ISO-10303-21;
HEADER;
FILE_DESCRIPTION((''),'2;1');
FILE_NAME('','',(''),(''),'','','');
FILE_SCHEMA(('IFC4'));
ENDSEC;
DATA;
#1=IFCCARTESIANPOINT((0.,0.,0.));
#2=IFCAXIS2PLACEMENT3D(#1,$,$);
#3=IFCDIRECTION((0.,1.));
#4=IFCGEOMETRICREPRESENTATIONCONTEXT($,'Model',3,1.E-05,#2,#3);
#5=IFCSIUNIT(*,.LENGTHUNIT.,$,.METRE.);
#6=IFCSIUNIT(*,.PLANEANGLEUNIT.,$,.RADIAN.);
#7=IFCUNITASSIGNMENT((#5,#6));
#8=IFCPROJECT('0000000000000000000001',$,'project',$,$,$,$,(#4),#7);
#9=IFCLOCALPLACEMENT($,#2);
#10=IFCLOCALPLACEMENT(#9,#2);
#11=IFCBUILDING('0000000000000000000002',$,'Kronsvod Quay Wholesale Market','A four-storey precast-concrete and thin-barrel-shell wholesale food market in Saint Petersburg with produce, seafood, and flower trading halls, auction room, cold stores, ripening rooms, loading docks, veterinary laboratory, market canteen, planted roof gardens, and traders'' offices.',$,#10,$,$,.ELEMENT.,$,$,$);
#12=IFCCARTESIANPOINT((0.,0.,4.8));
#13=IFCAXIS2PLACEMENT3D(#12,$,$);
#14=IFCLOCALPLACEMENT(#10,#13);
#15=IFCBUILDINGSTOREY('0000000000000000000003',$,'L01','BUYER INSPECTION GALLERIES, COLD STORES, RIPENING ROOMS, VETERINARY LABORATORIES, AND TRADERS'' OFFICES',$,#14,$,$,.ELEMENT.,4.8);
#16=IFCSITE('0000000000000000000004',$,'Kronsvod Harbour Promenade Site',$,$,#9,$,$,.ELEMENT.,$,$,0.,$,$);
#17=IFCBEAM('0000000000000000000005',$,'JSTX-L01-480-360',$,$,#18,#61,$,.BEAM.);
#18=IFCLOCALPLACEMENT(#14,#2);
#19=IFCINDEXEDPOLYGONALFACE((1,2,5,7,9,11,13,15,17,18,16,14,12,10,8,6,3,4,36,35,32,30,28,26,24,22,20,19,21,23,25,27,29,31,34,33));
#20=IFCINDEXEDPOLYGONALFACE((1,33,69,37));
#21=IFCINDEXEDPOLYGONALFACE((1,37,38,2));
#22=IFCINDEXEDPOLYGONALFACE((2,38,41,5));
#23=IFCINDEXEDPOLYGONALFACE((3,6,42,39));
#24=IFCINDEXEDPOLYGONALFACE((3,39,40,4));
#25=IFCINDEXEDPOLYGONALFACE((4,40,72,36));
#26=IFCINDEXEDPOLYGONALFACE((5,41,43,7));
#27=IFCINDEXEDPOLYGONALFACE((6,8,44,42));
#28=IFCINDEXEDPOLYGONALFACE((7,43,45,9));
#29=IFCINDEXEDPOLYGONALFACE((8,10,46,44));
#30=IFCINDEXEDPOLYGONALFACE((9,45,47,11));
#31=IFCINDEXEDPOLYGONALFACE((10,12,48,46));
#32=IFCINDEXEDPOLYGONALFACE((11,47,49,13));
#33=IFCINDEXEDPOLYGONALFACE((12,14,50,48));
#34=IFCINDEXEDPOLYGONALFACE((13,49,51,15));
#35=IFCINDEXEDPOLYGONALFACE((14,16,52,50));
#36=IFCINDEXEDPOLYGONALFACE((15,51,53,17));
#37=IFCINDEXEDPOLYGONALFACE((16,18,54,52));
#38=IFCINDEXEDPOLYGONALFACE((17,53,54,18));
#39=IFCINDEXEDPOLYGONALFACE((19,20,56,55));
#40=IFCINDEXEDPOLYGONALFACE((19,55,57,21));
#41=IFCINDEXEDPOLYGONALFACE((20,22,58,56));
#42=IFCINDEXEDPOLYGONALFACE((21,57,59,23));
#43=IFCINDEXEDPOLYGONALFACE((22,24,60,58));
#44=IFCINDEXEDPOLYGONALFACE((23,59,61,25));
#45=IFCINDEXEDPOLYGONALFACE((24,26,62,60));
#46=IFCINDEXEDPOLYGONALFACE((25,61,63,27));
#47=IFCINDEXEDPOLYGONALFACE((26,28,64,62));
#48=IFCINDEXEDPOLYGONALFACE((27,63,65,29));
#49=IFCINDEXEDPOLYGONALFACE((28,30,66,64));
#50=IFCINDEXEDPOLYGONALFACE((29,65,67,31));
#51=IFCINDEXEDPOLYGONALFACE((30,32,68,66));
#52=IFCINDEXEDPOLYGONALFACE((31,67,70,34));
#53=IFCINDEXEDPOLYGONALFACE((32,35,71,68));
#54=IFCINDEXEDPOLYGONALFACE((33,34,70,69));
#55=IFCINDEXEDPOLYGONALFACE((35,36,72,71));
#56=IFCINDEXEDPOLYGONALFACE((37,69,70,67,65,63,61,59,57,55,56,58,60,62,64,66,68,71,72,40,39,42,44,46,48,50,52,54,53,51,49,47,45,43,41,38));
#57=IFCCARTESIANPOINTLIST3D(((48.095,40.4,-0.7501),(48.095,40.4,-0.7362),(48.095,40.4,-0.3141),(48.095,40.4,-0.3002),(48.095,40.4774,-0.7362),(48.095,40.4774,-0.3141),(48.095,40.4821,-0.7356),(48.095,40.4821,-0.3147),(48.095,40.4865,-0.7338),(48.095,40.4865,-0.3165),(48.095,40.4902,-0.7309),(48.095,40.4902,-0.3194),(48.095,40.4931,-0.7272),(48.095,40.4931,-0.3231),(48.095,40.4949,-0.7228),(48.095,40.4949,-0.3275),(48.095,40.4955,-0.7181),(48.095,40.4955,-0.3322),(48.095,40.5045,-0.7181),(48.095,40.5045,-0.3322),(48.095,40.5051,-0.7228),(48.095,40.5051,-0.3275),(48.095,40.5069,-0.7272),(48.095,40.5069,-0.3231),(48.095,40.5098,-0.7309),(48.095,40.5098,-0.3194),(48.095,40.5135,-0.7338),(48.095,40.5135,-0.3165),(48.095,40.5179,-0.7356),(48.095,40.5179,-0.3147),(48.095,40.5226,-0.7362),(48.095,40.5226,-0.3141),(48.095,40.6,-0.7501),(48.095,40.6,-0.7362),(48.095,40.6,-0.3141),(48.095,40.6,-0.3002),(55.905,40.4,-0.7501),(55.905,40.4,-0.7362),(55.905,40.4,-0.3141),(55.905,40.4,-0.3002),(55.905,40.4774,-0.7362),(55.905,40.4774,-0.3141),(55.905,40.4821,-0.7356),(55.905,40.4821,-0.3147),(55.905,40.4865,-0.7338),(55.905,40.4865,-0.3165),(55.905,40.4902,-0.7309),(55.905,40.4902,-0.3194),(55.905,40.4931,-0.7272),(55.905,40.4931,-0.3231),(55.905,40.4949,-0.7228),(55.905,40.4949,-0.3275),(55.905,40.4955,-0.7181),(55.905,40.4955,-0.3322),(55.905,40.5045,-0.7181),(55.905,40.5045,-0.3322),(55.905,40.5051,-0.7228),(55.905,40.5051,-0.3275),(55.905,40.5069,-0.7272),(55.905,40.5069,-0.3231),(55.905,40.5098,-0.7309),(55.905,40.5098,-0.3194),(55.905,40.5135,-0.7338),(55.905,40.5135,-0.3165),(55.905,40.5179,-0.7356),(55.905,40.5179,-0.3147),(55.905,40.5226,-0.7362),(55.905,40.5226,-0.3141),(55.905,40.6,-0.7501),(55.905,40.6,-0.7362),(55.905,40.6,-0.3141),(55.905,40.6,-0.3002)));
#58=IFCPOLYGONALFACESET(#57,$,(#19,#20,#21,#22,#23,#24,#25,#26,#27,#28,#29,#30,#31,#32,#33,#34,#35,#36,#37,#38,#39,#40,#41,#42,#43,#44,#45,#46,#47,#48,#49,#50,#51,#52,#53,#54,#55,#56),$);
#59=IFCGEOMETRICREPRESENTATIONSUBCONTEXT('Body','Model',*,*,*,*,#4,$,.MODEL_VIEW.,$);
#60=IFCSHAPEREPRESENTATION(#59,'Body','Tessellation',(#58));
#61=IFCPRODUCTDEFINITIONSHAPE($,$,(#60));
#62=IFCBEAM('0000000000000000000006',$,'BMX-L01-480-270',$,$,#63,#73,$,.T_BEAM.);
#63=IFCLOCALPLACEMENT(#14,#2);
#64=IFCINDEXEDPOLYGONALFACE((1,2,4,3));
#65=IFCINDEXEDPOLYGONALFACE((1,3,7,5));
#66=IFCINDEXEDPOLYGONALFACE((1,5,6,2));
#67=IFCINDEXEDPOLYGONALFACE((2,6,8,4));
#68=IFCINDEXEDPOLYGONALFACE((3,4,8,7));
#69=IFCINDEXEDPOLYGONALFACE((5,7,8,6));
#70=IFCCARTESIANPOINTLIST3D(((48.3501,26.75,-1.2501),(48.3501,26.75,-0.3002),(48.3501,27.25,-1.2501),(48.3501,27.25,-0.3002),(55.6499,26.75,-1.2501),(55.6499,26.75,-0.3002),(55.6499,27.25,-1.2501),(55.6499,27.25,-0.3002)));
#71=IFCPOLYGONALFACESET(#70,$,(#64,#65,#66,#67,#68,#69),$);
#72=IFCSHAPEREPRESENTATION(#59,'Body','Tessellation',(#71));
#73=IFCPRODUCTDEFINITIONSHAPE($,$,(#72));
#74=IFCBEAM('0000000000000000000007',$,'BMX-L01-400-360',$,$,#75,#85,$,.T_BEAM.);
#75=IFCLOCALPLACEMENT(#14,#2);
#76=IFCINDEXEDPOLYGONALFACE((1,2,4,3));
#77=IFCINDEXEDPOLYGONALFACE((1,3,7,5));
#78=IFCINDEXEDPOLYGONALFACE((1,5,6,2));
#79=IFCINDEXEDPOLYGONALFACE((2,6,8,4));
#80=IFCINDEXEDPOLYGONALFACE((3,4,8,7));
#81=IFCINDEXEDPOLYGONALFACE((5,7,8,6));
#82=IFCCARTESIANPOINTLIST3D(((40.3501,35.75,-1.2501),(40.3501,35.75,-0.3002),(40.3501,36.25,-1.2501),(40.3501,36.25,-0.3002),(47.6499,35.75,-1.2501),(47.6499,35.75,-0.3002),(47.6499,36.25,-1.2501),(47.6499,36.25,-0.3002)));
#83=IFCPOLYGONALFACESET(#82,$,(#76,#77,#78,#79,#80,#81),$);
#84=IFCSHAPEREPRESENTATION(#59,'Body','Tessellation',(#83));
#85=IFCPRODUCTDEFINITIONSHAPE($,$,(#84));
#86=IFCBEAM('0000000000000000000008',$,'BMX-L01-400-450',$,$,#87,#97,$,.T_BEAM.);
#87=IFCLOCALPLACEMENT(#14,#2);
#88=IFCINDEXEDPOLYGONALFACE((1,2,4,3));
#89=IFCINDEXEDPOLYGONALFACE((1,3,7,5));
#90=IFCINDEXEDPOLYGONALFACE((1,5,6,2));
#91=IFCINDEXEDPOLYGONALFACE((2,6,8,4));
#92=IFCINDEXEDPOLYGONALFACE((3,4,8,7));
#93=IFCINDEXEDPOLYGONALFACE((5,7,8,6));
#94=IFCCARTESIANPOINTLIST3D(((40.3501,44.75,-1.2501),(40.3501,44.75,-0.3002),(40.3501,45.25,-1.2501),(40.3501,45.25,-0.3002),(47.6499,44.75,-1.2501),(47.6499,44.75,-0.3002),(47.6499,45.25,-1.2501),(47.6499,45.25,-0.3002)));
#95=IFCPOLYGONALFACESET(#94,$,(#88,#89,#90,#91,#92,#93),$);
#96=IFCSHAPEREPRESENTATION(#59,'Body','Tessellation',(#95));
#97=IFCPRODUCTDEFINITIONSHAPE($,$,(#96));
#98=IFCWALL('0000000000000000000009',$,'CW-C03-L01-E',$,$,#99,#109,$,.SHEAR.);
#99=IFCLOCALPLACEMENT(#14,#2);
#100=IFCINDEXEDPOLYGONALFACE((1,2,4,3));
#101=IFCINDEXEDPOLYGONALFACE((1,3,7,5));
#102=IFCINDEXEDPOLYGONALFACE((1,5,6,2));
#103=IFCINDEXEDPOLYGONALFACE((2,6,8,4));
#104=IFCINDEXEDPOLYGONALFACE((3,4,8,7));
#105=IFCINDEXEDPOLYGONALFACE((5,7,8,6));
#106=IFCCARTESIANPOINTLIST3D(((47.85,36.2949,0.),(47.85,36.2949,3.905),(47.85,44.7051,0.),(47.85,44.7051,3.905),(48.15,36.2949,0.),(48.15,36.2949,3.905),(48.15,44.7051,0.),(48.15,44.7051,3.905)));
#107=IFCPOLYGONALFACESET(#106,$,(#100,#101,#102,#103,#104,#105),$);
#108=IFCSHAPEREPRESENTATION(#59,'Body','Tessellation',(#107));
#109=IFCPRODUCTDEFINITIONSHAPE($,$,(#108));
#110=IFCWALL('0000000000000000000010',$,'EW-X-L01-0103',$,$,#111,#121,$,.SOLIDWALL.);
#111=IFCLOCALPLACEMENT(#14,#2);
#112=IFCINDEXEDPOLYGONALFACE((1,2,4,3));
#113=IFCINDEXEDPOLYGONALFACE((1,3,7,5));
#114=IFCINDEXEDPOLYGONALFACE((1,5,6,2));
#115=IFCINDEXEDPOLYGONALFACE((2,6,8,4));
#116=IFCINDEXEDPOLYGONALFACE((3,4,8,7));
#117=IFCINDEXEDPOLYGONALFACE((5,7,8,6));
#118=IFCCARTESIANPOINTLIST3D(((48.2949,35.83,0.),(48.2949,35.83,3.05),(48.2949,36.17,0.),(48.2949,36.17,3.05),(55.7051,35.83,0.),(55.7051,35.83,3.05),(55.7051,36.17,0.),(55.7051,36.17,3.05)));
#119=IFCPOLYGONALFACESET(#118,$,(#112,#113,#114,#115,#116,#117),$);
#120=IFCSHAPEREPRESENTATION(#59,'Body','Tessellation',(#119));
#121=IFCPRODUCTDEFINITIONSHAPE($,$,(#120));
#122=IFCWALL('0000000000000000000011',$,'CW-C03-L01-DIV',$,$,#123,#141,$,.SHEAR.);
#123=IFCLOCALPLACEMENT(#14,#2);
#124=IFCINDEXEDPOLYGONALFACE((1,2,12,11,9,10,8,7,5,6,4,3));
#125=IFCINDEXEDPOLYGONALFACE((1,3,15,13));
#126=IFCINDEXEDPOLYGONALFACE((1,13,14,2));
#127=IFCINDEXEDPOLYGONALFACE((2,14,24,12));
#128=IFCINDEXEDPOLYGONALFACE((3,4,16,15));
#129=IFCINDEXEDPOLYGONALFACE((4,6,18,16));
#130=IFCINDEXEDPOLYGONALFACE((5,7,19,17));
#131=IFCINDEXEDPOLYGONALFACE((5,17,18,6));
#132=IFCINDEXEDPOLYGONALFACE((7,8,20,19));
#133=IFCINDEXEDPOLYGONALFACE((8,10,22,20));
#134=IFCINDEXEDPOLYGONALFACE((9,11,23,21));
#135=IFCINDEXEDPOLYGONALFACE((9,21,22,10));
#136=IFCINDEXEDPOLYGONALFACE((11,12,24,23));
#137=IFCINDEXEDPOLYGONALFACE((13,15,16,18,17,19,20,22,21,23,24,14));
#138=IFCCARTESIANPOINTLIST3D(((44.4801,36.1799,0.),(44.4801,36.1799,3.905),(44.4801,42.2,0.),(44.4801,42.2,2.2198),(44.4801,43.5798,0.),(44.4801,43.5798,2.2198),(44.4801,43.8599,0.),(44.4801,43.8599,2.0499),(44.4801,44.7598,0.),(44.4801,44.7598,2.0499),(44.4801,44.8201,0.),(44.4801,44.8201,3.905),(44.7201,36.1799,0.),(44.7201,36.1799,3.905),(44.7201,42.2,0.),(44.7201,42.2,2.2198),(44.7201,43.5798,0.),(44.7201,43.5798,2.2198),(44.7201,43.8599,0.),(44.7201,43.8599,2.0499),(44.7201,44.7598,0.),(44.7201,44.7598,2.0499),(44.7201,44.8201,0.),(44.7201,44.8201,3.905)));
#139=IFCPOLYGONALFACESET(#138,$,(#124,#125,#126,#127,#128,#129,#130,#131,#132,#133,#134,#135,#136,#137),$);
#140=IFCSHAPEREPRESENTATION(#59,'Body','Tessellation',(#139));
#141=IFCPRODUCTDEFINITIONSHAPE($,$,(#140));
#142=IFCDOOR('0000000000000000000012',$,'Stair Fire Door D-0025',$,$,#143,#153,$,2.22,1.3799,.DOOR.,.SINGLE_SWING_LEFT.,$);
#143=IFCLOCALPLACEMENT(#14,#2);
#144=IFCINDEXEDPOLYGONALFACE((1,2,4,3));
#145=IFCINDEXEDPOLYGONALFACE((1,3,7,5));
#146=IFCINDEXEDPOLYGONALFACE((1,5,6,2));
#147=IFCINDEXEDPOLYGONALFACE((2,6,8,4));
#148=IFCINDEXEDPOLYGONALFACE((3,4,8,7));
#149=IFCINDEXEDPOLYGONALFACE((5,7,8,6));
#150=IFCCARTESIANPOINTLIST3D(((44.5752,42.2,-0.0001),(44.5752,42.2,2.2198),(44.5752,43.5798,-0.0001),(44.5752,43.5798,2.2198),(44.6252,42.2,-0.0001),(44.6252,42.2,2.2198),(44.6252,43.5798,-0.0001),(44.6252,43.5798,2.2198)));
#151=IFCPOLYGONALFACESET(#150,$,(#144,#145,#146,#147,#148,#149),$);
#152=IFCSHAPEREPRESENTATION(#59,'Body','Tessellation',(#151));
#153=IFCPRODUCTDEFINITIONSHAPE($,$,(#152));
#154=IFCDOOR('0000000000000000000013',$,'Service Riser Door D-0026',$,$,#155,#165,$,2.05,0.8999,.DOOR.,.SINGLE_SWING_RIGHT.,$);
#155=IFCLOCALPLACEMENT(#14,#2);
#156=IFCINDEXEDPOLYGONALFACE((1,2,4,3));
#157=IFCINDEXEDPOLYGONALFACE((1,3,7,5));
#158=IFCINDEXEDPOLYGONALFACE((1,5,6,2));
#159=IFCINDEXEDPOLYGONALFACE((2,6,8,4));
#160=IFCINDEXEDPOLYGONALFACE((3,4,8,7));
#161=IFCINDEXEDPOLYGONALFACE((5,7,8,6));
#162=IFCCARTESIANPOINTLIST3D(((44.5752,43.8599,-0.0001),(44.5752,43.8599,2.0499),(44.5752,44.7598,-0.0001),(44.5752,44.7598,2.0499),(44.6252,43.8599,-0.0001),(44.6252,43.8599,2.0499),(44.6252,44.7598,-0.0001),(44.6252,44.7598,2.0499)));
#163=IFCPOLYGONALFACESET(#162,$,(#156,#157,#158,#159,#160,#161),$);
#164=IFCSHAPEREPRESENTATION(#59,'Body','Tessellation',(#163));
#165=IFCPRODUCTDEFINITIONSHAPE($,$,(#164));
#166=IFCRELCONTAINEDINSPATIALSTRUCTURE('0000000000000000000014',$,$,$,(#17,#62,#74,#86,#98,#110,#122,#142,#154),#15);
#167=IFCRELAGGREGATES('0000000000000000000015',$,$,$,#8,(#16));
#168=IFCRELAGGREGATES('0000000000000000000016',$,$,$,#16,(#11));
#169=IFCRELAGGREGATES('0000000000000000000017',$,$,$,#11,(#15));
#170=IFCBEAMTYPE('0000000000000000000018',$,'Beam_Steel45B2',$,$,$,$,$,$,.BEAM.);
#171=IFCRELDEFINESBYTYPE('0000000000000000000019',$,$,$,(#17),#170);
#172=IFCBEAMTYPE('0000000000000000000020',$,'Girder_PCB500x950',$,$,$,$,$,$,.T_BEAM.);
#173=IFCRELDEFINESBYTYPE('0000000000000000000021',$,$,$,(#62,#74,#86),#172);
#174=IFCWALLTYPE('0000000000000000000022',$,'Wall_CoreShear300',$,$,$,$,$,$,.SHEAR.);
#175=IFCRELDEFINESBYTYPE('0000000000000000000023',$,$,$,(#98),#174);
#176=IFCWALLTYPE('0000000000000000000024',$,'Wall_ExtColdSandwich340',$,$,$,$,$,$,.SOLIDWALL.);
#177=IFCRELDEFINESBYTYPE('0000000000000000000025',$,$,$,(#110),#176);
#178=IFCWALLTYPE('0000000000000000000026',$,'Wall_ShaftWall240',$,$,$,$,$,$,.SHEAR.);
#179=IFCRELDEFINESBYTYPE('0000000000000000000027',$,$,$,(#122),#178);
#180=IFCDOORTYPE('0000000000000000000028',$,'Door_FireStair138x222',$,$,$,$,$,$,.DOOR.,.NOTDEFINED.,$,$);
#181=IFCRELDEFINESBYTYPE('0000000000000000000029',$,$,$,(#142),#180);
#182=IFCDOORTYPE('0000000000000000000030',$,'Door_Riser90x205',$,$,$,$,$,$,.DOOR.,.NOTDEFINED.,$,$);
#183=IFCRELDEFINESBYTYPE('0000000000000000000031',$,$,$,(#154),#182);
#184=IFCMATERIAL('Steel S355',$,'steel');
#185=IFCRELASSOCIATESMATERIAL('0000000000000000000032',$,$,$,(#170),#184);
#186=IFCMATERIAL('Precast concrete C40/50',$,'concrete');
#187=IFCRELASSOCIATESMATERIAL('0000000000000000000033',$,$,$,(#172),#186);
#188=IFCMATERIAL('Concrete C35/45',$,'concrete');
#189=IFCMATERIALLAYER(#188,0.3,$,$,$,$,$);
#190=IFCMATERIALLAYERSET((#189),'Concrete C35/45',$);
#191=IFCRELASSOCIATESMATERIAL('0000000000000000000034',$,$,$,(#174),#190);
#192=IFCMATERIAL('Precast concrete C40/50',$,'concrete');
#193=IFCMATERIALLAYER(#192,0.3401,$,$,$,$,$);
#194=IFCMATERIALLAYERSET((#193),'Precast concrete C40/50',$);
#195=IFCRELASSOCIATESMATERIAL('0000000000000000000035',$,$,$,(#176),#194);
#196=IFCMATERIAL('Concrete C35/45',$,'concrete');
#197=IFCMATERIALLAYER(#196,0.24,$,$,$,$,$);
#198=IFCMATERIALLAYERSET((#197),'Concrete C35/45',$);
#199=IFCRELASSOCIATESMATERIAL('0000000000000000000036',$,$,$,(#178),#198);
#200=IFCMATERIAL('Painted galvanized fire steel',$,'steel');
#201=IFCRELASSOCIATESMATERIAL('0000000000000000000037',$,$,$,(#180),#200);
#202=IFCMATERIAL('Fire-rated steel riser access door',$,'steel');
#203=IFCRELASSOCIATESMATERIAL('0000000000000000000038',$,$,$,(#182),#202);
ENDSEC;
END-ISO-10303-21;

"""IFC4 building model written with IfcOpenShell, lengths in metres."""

from ifc_helpers import new_model, si_unit, direction, frame, frame_2d, origin, origin_2d, place, context, subcontext, project, spatial, rectangle, i_section, extrude, material, layer, layer_set, material_profile, profile_set, type_object, element, fill, save


model = new_model("IFC4")

# Units and contexts
model_context = context("Model", 3, precision=1e-05, world=origin(), true_north=direction((0.0, 1.0)))
body_context = subcontext(model_context, "Body", "Model", "MODEL_VIEW")
ifc_project = project(units=[si_unit("LENGTHUNIT", "METRE"), si_unit("PLANEANGLEUNIT", "RADIAN")], contexts=[model_context])

# Site, building, storey
site_placement = place(None, origin())
site = spatial("IfcSite", under=ifc_project, at=site_placement, Name="Kronsvod Harbour Promenade Site", CompositionType="ELEMENT", RefElevation=0.0)
building_placement = place(site_placement, origin())
building = spatial("IfcBuilding", under=site, at=building_placement, Name="Kronsvod Quay Wholesale Market", Description="A four-storey precast-concrete and thin-barrel-shell wholesale food market in Saint Petersburg with produce, seafood, and flower trading halls, auction room, cold stores, ripening rooms, loading docks, veterinary laboratory, market canteen, planted roof gardens, and traders' offices.", CompositionType="ELEMENT")
storey_placement = place(building_placement, frame((0.0, 0.0, 4.8)))
storey = spatial("IfcBuildingStorey", under=building, at=storey_placement, Name="L01", Description="BUYER INSPECTION GALLERIES, COLD STORES, RIPENING ROOMS, VETERINARY LABORATORIES, AND TRADERS' OFFICES", CompositionType="ELEMENT", Elevation=4.8)

# Beams
ifc_material_1 = material(Name="Steel S355", Category="steel")
ifc_material_profile_1 = material_profile(ifc_material_1, i_section(OverallWidth=0.2, OverallDepth=0.45, WebThickness=0.009, FlangeThickness=0.0139, FilletRadius=0.0181, at=origin_2d()), Name="45B2")
ifc_profile_set_1 = profile_set([ifc_material_profile_1], Name="Steel S355")
beam_type_1 = type_object("IfcBeamType", Name="Beam_Steel45B2", PredefinedType="BEAM", material=ifc_profile_set_1)
beam_1_placement = place(storey_placement, frame((48.095, 40.5, -0.5251), z_axis=(1.0, 0.0, 0.0), x_axis=(0.0, 1.0, 0.0)))
element("IfcBeam", 1, at=beam_1_placement, inside=storey, type_object=beam_type_1, Name="JSTX-L01-480-360", PredefinedType="BEAM", context=body_context, shape_type="SweptSolid", body=[
    extrude(i_section(OverallWidth=0.2, OverallDepth=0.45, WebThickness=0.009, FlangeThickness=0.0139, FilletRadius=0.0181, at=origin_2d()), origin(), (0.0, 0.0, 1.0), 7.8101),
])
ifc_material_2 = material(Name="Precast concrete C40/50", Category="concrete")
ifc_material_profile_2 = material_profile(ifc_material_2, rectangle(XDim=0.5, YDim=0.95, at=origin_2d()), Name="PCB500x950")
ifc_profile_set_2 = profile_set([ifc_material_profile_2], Name="Precast concrete C40/50")
beam_type_2 = type_object("IfcBeamType", Name="Girder_PCB500x950", PredefinedType="T_BEAM", material=ifc_profile_set_2)
for number, where, z_axis, x_axis, name in (
    (2, (48.3501, 27.0, -0.7751), (1.0, 0.0, 0.0), (0.0, 1.0, 0.0), "BMX-L01-480-270"),
    (3, (40.3501, 36.0, -0.7751), (1.0, 0.0, 0.0), (0.0, 1.0, 0.0), "BMX-L01-400-360"),
    (4, (40.3501, 45.0, -0.7751), (1.0, 0.0, 0.0), (0.0, 1.0, 0.0), "BMX-L01-400-450"),
):
    element("IfcBeam", number, at=place(storey_placement, frame(where, z_axis=z_axis, x_axis=x_axis)), inside=storey, type_object=beam_type_2, Name=name, PredefinedType="T_BEAM", context=body_context, shape_type="SweptSolid", body=[
        extrude(rectangle(XDim=0.5, YDim=0.95, at=origin_2d()), origin(), (0.0, 0.0, 1.0), 7.2998),
    ])

# Walls
ifc_material_3 = material(Name="Concrete C35/45", Category="concrete")
ifc_layer_1 = layer(ifc_material_3, 0.3)
ifc_layer_set_1 = layer_set([ifc_layer_1], Name="Concrete C35/45")
wall_type_1 = type_object("IfcWallType", Name="Wall_CoreShear300", PredefinedType="SHEAR", material=ifc_layer_set_1)
wall_1_placement = place(storey_placement, frame((48.0, 36.2949, 0.0), z_axis=(0.0, 0.0, 1.0), x_axis=(0.0, 1.0, 0.0)))
element("IfcWall", 5, at=wall_1_placement, inside=storey, type_object=wall_type_1, Name="CW-C03-L01-E", PredefinedType="SHEAR", context=body_context, shape_type="SweptSolid", body=[
    extrude(rectangle(XDim=8.4102, YDim=0.3, at=frame_2d((4.2051, 0.0))), origin(), (0.0, 0.0, 1.0), 3.905),
])
ifc_material_4 = material(Name="Precast concrete C40/50", Category="concrete")
ifc_layer_2 = layer(ifc_material_4, 0.3401)
ifc_layer_set_2 = layer_set([ifc_layer_2], Name="Precast concrete C40/50")
wall_type_2 = type_object("IfcWallType", Name="Wall_ExtColdSandwich340", PredefinedType="SOLIDWALL", material=ifc_layer_set_2)
wall_2_placement = place(storey_placement, frame((48.2949, 36.0, 0.0), z_axis=(0.0, 0.0, 1.0), x_axis=(1.0, 0.0, 0.0)))
element("IfcWall", 6, at=wall_2_placement, inside=storey, type_object=wall_type_2, Name="EW-X-L01-0103", PredefinedType="SOLIDWALL", context=body_context, shape_type="SweptSolid", body=[
    extrude(rectangle(XDim=7.4102, YDim=0.3401, at=frame_2d((3.7051, 0.0))), origin(), (0.0, 0.0, 1.0), 3.05),
])

# Wall, openings, doors
ifc_material_5 = material(Name="Concrete C35/45", Category="concrete")
ifc_layer_3 = layer(ifc_material_5, 0.24)
ifc_layer_set_3 = layer_set([ifc_layer_3], Name="Concrete C35/45")
wall_type_3 = type_object("IfcWallType", Name="Wall_ShaftWall240", PredefinedType="SHEAR", material=ifc_layer_set_3)
wall_3_placement = place(storey_placement, frame((44.6001, 36.1799, 0.0), z_axis=(0.0, 0.0, 1.0), x_axis=(0.0, 1.0, 0.0)))
wall_3 = element("IfcWall", 7, at=wall_3_placement, inside=storey, type_object=wall_type_3, Name="CW-C03-L01-DIV", PredefinedType="SHEAR", context=body_context, shape_type="SweptSolid", body=[
    extrude(rectangle(XDim=8.6401, YDim=0.24, at=frame_2d((4.3201, 0.0))), origin(), (0.0, 0.0, 1.0), 3.905),
])
opening_1_placement = place(wall_3_placement, frame((6.02, 0.0, 0.0)))
opening_1 = element("IfcOpeningElement", 8, at=opening_1_placement, cuts=wall_3, PredefinedType="OPENING", context=body_context, shape_type="SweptSolid", body=[
    extrude(rectangle(XDim=1.3799, YDim=2.22, at=frame_2d((0.6899, 1.1099))), frame((0.0, 0.1299, 0.0), z_axis=(0.0, -1.0, 0.0), x_axis=(1.0, 0.0, 0.0)), (0.0, 0.0, 1.0), 0.26),
])
opening_2_placement = place(wall_3_placement, frame((7.6799, 0.0, 0.0)))
opening_2 = element("IfcOpeningElement", 9, at=opening_2_placement, cuts=wall_3, PredefinedType="OPENING", context=body_context, shape_type="SweptSolid", body=[
    extrude(rectangle(XDim=0.8999, YDim=2.05, at=frame_2d((0.45, 1.0249))), frame((0.0, 0.1299, 0.0), z_axis=(0.0, -1.0, 0.0), x_axis=(1.0, 0.0, 0.0)), (0.0, 0.0, 1.0), 0.26),
])
ifc_material_6 = material(Name="Painted galvanized fire steel", Category="steel")
door_type_1 = type_object("IfcDoorType", Name="Door_FireStair138x222", OperationType="NOTDEFINED", PredefinedType="DOOR", material=ifc_material_6)
door_1_placement = place(opening_1_placement, origin())
door_1 = element("IfcDoor", 10, at=door_1_placement, inside=storey, type_object=door_type_1, Name="Stair Fire Door D-0025", OperationType="SINGLE_SWING_LEFT", OverallHeight=2.22, OverallWidth=1.3799, PredefinedType="DOOR", context=body_context, shape_type="SweptSolid", body=[
    extrude(rectangle(XDim=1.3799, YDim=2.22, at=frame_2d((0.6899, 1.1099))), frame((0.0, 0.0249, 0.0), z_axis=(0.0, -1.0, 0.0), x_axis=(1.0, 0.0, 0.0)), (0.0, 0.0, 1.0), 0.05),
])
fill(opening_1, door_1)
ifc_material_7 = material(Name="Fire-rated steel riser access door", Category="steel")
door_type_2 = type_object("IfcDoorType", Name="Door_Riser90x205", OperationType="NOTDEFINED", PredefinedType="DOOR", material=ifc_material_7)
door_2_placement = place(opening_2_placement, origin())
door_2 = element("IfcDoor", 11, at=door_2_placement, inside=storey, type_object=door_type_2, Name="Service Riser Door D-0026", OperationType="SINGLE_SWING_RIGHT", OverallHeight=2.05, OverallWidth=0.8999, PredefinedType="DOOR", context=body_context, shape_type="SweptSolid", body=[
    extrude(rectangle(XDim=0.8999, YDim=2.05, at=frame_2d((0.45, 1.0249))), frame((0.0, 0.0249, 0.0), z_axis=(0.0, -1.0, 0.0), x_axis=(1.0, 0.0, 0.0)), (0.0, 0.0, 1.0), 0.05),
])
fill(opening_2, door_2)

save(model, "model.ifc")
